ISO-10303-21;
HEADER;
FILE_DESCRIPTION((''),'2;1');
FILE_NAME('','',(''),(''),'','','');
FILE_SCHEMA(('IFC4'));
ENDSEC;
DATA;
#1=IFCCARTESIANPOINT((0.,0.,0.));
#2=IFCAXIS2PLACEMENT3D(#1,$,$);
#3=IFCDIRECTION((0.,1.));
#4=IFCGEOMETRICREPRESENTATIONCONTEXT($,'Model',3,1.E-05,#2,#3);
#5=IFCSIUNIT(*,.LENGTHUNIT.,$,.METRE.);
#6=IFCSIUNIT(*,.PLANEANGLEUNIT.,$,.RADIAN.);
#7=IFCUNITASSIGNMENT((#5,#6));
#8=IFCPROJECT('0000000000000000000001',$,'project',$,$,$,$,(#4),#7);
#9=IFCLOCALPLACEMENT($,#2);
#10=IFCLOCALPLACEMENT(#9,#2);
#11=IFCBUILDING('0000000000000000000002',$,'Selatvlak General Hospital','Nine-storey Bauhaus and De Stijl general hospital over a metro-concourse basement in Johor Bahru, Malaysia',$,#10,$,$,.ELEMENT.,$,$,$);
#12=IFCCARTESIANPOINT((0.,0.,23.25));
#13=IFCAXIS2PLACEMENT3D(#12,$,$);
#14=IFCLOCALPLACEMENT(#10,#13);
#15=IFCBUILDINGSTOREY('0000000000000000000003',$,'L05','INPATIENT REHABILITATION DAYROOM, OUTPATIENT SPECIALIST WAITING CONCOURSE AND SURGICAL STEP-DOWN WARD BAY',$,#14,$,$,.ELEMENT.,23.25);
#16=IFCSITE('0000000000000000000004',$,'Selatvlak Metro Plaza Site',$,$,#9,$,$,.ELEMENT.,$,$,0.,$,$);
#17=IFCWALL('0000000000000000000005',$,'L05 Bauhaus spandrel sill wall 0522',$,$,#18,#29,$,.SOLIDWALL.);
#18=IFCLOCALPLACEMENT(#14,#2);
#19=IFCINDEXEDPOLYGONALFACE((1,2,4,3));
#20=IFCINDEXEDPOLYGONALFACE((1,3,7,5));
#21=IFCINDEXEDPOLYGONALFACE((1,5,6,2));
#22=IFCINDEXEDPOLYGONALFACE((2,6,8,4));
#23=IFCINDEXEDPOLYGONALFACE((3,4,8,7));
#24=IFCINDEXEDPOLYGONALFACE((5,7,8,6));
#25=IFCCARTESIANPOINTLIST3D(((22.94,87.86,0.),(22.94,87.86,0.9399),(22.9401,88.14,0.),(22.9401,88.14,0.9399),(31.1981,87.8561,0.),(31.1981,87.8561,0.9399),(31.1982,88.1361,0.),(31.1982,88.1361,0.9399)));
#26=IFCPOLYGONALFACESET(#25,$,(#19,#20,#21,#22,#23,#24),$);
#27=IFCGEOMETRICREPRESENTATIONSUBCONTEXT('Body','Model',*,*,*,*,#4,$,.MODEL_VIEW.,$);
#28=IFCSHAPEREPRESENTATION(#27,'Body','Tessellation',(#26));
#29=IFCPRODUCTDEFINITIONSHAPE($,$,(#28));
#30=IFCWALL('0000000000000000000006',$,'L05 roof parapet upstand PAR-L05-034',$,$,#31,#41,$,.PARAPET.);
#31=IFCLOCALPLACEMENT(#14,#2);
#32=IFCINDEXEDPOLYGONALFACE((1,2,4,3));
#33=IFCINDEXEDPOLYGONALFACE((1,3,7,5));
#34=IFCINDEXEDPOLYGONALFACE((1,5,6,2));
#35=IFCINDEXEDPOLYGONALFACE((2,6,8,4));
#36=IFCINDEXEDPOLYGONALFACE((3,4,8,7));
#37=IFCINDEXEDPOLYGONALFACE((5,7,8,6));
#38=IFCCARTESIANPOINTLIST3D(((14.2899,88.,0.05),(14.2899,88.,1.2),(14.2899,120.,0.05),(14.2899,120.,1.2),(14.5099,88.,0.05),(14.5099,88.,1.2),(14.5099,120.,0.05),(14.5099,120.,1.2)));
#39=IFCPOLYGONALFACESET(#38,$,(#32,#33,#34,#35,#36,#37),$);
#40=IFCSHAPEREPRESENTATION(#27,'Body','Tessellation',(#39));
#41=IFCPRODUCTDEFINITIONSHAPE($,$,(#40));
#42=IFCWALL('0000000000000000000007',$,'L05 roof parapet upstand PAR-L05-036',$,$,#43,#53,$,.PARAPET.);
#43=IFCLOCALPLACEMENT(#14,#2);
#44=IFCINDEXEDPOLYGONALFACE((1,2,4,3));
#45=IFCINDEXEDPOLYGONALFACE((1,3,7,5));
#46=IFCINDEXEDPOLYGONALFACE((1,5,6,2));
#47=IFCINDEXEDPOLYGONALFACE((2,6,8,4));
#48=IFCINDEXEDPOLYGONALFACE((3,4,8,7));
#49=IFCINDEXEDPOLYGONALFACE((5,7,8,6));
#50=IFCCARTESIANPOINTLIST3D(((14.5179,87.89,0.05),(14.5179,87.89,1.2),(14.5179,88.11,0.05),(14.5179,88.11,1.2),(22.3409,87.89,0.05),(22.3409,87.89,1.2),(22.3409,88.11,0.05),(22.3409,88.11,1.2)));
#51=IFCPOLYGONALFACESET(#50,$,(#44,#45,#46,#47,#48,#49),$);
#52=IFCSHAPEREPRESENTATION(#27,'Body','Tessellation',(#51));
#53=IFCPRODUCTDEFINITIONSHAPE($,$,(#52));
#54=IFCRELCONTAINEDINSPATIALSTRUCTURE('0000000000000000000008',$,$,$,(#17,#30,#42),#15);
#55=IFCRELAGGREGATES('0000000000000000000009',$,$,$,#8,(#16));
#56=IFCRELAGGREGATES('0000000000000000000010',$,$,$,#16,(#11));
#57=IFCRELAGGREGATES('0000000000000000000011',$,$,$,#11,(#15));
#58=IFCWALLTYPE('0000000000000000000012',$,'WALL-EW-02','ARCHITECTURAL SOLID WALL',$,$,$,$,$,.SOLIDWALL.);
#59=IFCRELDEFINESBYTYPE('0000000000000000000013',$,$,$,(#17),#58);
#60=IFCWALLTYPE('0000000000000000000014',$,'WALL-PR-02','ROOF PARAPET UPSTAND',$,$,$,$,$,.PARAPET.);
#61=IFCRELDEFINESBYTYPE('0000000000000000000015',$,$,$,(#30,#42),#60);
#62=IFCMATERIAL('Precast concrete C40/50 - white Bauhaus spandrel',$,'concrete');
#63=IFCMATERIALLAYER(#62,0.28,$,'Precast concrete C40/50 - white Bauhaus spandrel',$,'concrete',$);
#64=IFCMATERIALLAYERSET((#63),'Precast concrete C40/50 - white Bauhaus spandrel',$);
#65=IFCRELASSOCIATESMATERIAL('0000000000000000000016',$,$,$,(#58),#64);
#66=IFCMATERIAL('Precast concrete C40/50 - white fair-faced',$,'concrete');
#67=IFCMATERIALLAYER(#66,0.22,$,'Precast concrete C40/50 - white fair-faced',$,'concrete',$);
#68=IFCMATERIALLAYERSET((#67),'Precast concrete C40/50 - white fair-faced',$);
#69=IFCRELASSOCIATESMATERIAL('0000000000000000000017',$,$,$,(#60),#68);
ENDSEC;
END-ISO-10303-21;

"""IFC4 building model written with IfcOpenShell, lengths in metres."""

from ifc_helpers import new_model, si_unit, direction, frame, frame_2d, origin, place, context, subcontext, project, spatial, rectangle, extrude, material, layer, layer_set, type_object, element, save


model = new_model("IFC4")

# Units and contexts
model_context = context("Model", 3, precision=1e-05, world=origin(), true_north=direction((0.0, 1.0)))
body_context = subcontext(model_context, "Body", "Model", "MODEL_VIEW")
ifc_project = project(units=[si_unit("LENGTHUNIT", "METRE"), si_unit("PLANEANGLEUNIT", "RADIAN")], contexts=[model_context])

# Site, building, storey
site_placement = place(None, origin())
site = spatial("IfcSite", under=ifc_project, at=site_placement, Name="Selatvlak Metro Plaza Site", CompositionType="ELEMENT", RefElevation=0.0)
building_placement = place(site_placement, origin())
building = spatial("IfcBuilding", under=site, at=building_placement, Name="Selatvlak General Hospital", Description="Nine-storey Bauhaus and De Stijl general hospital over a metro-concourse basement in Johor Bahru, Malaysia", CompositionType="ELEMENT")
storey_placement = place(building_placement, frame((0.0, 0.0, 23.25)))
storey = spatial("IfcBuildingStorey", under=building, at=storey_placement, Name="L05", Description="INPATIENT REHABILITATION DAYROOM, OUTPATIENT SPECIALIST WAITING CONCOURSE AND SURGICAL STEP-DOWN WARD BAY", CompositionType="ELEMENT", Elevation=23.25)

# Walls
ifc_material_1 = material(Name="Precast concrete C40/50 - white Bauhaus spandrel", Category="concrete")
ifc_layer_1 = layer(ifc_material_1, 0.28, Name="Precast concrete C40/50 - white Bauhaus spandrel", Category="concrete")
ifc_layer_set_1 = layer_set([ifc_layer_1], Name="Precast concrete C40/50 - white Bauhaus spandrel")
wall_type_1 = type_object("IfcWallType", Name="WALL-EW-02", Description="ARCHITECTURAL SOLID WALL", PredefinedType="SOLIDWALL", material=ifc_layer_set_1)
wall_1_placement = place(storey_placement, frame((31.198, 87.9961, 0.0), z_axis=(0.0, 0.0, 1.0), x_axis=(-1.0, 0.000473, 0.0)))
element("IfcWall", 1, at=wall_1_placement, inside=storey, type_object=wall_type_1, Name="L05 Bauhaus spandrel sill wall 0522", PredefinedType="SOLIDWALL", context=body_context, shape_type="SweptSolid", body=[
    extrude(rectangle(XDim=8.2581, YDim=0.28, at=frame_2d((4.1289, 0.0))), origin(), (0.0, 0.0, 1.0), 0.9399),
])
ifc_material_2 = material(Name="Precast concrete C40/50 - white fair-faced", Category="concrete")
ifc_layer_2 = layer(ifc_material_2, 0.22, Name="Precast concrete C40/50 - white fair-faced", Category="concrete")
ifc_layer_set_2 = layer_set([ifc_layer_2], Name="Precast concrete C40/50 - white fair-faced")
wall_type_2 = type_object("IfcWallType", Name="WALL-PR-02", Description="ROOF PARAPET UPSTAND", PredefinedType="PARAPET", material=ifc_layer_set_2)
wall_2_placement = place(storey_placement, frame((14.3999, 88.0, 0.05), z_axis=(0.0, 0.0, 1.0), x_axis=(0.0, 1.0, 0.0)))
element("IfcWall", 2, at=wall_2_placement, inside=storey, type_object=wall_type_2, Name="L05 roof parapet upstand PAR-L05-034", PredefinedType="PARAPET", context=body_context, shape_type="SweptSolid", body=[
    extrude(rectangle(XDim=32.0, YDim=0.22, at=frame_2d((16.0, 0.0))), origin(), (0.0, 0.0, 1.0), 1.1499),
])
wall_3_placement = place(storey_placement, frame((22.3411, 88.0, 0.05), z_axis=(0.0, 0.0, 1.0), x_axis=(-1.0, 0.0, 0.0)))
element("IfcWall", 3, at=wall_3_placement, inside=storey, type_object=wall_type_2, Name="L05 roof parapet upstand PAR-L05-036", PredefinedType="PARAPET", context=body_context, shape_type="SweptSolid", body=[
    extrude(rectangle(XDim=7.823, YDim=0.22, at=frame_2d((3.9116, 0.0))), origin(), (0.0, 0.0, 1.0), 1.1499),
])

save(model, "model.ifc")
